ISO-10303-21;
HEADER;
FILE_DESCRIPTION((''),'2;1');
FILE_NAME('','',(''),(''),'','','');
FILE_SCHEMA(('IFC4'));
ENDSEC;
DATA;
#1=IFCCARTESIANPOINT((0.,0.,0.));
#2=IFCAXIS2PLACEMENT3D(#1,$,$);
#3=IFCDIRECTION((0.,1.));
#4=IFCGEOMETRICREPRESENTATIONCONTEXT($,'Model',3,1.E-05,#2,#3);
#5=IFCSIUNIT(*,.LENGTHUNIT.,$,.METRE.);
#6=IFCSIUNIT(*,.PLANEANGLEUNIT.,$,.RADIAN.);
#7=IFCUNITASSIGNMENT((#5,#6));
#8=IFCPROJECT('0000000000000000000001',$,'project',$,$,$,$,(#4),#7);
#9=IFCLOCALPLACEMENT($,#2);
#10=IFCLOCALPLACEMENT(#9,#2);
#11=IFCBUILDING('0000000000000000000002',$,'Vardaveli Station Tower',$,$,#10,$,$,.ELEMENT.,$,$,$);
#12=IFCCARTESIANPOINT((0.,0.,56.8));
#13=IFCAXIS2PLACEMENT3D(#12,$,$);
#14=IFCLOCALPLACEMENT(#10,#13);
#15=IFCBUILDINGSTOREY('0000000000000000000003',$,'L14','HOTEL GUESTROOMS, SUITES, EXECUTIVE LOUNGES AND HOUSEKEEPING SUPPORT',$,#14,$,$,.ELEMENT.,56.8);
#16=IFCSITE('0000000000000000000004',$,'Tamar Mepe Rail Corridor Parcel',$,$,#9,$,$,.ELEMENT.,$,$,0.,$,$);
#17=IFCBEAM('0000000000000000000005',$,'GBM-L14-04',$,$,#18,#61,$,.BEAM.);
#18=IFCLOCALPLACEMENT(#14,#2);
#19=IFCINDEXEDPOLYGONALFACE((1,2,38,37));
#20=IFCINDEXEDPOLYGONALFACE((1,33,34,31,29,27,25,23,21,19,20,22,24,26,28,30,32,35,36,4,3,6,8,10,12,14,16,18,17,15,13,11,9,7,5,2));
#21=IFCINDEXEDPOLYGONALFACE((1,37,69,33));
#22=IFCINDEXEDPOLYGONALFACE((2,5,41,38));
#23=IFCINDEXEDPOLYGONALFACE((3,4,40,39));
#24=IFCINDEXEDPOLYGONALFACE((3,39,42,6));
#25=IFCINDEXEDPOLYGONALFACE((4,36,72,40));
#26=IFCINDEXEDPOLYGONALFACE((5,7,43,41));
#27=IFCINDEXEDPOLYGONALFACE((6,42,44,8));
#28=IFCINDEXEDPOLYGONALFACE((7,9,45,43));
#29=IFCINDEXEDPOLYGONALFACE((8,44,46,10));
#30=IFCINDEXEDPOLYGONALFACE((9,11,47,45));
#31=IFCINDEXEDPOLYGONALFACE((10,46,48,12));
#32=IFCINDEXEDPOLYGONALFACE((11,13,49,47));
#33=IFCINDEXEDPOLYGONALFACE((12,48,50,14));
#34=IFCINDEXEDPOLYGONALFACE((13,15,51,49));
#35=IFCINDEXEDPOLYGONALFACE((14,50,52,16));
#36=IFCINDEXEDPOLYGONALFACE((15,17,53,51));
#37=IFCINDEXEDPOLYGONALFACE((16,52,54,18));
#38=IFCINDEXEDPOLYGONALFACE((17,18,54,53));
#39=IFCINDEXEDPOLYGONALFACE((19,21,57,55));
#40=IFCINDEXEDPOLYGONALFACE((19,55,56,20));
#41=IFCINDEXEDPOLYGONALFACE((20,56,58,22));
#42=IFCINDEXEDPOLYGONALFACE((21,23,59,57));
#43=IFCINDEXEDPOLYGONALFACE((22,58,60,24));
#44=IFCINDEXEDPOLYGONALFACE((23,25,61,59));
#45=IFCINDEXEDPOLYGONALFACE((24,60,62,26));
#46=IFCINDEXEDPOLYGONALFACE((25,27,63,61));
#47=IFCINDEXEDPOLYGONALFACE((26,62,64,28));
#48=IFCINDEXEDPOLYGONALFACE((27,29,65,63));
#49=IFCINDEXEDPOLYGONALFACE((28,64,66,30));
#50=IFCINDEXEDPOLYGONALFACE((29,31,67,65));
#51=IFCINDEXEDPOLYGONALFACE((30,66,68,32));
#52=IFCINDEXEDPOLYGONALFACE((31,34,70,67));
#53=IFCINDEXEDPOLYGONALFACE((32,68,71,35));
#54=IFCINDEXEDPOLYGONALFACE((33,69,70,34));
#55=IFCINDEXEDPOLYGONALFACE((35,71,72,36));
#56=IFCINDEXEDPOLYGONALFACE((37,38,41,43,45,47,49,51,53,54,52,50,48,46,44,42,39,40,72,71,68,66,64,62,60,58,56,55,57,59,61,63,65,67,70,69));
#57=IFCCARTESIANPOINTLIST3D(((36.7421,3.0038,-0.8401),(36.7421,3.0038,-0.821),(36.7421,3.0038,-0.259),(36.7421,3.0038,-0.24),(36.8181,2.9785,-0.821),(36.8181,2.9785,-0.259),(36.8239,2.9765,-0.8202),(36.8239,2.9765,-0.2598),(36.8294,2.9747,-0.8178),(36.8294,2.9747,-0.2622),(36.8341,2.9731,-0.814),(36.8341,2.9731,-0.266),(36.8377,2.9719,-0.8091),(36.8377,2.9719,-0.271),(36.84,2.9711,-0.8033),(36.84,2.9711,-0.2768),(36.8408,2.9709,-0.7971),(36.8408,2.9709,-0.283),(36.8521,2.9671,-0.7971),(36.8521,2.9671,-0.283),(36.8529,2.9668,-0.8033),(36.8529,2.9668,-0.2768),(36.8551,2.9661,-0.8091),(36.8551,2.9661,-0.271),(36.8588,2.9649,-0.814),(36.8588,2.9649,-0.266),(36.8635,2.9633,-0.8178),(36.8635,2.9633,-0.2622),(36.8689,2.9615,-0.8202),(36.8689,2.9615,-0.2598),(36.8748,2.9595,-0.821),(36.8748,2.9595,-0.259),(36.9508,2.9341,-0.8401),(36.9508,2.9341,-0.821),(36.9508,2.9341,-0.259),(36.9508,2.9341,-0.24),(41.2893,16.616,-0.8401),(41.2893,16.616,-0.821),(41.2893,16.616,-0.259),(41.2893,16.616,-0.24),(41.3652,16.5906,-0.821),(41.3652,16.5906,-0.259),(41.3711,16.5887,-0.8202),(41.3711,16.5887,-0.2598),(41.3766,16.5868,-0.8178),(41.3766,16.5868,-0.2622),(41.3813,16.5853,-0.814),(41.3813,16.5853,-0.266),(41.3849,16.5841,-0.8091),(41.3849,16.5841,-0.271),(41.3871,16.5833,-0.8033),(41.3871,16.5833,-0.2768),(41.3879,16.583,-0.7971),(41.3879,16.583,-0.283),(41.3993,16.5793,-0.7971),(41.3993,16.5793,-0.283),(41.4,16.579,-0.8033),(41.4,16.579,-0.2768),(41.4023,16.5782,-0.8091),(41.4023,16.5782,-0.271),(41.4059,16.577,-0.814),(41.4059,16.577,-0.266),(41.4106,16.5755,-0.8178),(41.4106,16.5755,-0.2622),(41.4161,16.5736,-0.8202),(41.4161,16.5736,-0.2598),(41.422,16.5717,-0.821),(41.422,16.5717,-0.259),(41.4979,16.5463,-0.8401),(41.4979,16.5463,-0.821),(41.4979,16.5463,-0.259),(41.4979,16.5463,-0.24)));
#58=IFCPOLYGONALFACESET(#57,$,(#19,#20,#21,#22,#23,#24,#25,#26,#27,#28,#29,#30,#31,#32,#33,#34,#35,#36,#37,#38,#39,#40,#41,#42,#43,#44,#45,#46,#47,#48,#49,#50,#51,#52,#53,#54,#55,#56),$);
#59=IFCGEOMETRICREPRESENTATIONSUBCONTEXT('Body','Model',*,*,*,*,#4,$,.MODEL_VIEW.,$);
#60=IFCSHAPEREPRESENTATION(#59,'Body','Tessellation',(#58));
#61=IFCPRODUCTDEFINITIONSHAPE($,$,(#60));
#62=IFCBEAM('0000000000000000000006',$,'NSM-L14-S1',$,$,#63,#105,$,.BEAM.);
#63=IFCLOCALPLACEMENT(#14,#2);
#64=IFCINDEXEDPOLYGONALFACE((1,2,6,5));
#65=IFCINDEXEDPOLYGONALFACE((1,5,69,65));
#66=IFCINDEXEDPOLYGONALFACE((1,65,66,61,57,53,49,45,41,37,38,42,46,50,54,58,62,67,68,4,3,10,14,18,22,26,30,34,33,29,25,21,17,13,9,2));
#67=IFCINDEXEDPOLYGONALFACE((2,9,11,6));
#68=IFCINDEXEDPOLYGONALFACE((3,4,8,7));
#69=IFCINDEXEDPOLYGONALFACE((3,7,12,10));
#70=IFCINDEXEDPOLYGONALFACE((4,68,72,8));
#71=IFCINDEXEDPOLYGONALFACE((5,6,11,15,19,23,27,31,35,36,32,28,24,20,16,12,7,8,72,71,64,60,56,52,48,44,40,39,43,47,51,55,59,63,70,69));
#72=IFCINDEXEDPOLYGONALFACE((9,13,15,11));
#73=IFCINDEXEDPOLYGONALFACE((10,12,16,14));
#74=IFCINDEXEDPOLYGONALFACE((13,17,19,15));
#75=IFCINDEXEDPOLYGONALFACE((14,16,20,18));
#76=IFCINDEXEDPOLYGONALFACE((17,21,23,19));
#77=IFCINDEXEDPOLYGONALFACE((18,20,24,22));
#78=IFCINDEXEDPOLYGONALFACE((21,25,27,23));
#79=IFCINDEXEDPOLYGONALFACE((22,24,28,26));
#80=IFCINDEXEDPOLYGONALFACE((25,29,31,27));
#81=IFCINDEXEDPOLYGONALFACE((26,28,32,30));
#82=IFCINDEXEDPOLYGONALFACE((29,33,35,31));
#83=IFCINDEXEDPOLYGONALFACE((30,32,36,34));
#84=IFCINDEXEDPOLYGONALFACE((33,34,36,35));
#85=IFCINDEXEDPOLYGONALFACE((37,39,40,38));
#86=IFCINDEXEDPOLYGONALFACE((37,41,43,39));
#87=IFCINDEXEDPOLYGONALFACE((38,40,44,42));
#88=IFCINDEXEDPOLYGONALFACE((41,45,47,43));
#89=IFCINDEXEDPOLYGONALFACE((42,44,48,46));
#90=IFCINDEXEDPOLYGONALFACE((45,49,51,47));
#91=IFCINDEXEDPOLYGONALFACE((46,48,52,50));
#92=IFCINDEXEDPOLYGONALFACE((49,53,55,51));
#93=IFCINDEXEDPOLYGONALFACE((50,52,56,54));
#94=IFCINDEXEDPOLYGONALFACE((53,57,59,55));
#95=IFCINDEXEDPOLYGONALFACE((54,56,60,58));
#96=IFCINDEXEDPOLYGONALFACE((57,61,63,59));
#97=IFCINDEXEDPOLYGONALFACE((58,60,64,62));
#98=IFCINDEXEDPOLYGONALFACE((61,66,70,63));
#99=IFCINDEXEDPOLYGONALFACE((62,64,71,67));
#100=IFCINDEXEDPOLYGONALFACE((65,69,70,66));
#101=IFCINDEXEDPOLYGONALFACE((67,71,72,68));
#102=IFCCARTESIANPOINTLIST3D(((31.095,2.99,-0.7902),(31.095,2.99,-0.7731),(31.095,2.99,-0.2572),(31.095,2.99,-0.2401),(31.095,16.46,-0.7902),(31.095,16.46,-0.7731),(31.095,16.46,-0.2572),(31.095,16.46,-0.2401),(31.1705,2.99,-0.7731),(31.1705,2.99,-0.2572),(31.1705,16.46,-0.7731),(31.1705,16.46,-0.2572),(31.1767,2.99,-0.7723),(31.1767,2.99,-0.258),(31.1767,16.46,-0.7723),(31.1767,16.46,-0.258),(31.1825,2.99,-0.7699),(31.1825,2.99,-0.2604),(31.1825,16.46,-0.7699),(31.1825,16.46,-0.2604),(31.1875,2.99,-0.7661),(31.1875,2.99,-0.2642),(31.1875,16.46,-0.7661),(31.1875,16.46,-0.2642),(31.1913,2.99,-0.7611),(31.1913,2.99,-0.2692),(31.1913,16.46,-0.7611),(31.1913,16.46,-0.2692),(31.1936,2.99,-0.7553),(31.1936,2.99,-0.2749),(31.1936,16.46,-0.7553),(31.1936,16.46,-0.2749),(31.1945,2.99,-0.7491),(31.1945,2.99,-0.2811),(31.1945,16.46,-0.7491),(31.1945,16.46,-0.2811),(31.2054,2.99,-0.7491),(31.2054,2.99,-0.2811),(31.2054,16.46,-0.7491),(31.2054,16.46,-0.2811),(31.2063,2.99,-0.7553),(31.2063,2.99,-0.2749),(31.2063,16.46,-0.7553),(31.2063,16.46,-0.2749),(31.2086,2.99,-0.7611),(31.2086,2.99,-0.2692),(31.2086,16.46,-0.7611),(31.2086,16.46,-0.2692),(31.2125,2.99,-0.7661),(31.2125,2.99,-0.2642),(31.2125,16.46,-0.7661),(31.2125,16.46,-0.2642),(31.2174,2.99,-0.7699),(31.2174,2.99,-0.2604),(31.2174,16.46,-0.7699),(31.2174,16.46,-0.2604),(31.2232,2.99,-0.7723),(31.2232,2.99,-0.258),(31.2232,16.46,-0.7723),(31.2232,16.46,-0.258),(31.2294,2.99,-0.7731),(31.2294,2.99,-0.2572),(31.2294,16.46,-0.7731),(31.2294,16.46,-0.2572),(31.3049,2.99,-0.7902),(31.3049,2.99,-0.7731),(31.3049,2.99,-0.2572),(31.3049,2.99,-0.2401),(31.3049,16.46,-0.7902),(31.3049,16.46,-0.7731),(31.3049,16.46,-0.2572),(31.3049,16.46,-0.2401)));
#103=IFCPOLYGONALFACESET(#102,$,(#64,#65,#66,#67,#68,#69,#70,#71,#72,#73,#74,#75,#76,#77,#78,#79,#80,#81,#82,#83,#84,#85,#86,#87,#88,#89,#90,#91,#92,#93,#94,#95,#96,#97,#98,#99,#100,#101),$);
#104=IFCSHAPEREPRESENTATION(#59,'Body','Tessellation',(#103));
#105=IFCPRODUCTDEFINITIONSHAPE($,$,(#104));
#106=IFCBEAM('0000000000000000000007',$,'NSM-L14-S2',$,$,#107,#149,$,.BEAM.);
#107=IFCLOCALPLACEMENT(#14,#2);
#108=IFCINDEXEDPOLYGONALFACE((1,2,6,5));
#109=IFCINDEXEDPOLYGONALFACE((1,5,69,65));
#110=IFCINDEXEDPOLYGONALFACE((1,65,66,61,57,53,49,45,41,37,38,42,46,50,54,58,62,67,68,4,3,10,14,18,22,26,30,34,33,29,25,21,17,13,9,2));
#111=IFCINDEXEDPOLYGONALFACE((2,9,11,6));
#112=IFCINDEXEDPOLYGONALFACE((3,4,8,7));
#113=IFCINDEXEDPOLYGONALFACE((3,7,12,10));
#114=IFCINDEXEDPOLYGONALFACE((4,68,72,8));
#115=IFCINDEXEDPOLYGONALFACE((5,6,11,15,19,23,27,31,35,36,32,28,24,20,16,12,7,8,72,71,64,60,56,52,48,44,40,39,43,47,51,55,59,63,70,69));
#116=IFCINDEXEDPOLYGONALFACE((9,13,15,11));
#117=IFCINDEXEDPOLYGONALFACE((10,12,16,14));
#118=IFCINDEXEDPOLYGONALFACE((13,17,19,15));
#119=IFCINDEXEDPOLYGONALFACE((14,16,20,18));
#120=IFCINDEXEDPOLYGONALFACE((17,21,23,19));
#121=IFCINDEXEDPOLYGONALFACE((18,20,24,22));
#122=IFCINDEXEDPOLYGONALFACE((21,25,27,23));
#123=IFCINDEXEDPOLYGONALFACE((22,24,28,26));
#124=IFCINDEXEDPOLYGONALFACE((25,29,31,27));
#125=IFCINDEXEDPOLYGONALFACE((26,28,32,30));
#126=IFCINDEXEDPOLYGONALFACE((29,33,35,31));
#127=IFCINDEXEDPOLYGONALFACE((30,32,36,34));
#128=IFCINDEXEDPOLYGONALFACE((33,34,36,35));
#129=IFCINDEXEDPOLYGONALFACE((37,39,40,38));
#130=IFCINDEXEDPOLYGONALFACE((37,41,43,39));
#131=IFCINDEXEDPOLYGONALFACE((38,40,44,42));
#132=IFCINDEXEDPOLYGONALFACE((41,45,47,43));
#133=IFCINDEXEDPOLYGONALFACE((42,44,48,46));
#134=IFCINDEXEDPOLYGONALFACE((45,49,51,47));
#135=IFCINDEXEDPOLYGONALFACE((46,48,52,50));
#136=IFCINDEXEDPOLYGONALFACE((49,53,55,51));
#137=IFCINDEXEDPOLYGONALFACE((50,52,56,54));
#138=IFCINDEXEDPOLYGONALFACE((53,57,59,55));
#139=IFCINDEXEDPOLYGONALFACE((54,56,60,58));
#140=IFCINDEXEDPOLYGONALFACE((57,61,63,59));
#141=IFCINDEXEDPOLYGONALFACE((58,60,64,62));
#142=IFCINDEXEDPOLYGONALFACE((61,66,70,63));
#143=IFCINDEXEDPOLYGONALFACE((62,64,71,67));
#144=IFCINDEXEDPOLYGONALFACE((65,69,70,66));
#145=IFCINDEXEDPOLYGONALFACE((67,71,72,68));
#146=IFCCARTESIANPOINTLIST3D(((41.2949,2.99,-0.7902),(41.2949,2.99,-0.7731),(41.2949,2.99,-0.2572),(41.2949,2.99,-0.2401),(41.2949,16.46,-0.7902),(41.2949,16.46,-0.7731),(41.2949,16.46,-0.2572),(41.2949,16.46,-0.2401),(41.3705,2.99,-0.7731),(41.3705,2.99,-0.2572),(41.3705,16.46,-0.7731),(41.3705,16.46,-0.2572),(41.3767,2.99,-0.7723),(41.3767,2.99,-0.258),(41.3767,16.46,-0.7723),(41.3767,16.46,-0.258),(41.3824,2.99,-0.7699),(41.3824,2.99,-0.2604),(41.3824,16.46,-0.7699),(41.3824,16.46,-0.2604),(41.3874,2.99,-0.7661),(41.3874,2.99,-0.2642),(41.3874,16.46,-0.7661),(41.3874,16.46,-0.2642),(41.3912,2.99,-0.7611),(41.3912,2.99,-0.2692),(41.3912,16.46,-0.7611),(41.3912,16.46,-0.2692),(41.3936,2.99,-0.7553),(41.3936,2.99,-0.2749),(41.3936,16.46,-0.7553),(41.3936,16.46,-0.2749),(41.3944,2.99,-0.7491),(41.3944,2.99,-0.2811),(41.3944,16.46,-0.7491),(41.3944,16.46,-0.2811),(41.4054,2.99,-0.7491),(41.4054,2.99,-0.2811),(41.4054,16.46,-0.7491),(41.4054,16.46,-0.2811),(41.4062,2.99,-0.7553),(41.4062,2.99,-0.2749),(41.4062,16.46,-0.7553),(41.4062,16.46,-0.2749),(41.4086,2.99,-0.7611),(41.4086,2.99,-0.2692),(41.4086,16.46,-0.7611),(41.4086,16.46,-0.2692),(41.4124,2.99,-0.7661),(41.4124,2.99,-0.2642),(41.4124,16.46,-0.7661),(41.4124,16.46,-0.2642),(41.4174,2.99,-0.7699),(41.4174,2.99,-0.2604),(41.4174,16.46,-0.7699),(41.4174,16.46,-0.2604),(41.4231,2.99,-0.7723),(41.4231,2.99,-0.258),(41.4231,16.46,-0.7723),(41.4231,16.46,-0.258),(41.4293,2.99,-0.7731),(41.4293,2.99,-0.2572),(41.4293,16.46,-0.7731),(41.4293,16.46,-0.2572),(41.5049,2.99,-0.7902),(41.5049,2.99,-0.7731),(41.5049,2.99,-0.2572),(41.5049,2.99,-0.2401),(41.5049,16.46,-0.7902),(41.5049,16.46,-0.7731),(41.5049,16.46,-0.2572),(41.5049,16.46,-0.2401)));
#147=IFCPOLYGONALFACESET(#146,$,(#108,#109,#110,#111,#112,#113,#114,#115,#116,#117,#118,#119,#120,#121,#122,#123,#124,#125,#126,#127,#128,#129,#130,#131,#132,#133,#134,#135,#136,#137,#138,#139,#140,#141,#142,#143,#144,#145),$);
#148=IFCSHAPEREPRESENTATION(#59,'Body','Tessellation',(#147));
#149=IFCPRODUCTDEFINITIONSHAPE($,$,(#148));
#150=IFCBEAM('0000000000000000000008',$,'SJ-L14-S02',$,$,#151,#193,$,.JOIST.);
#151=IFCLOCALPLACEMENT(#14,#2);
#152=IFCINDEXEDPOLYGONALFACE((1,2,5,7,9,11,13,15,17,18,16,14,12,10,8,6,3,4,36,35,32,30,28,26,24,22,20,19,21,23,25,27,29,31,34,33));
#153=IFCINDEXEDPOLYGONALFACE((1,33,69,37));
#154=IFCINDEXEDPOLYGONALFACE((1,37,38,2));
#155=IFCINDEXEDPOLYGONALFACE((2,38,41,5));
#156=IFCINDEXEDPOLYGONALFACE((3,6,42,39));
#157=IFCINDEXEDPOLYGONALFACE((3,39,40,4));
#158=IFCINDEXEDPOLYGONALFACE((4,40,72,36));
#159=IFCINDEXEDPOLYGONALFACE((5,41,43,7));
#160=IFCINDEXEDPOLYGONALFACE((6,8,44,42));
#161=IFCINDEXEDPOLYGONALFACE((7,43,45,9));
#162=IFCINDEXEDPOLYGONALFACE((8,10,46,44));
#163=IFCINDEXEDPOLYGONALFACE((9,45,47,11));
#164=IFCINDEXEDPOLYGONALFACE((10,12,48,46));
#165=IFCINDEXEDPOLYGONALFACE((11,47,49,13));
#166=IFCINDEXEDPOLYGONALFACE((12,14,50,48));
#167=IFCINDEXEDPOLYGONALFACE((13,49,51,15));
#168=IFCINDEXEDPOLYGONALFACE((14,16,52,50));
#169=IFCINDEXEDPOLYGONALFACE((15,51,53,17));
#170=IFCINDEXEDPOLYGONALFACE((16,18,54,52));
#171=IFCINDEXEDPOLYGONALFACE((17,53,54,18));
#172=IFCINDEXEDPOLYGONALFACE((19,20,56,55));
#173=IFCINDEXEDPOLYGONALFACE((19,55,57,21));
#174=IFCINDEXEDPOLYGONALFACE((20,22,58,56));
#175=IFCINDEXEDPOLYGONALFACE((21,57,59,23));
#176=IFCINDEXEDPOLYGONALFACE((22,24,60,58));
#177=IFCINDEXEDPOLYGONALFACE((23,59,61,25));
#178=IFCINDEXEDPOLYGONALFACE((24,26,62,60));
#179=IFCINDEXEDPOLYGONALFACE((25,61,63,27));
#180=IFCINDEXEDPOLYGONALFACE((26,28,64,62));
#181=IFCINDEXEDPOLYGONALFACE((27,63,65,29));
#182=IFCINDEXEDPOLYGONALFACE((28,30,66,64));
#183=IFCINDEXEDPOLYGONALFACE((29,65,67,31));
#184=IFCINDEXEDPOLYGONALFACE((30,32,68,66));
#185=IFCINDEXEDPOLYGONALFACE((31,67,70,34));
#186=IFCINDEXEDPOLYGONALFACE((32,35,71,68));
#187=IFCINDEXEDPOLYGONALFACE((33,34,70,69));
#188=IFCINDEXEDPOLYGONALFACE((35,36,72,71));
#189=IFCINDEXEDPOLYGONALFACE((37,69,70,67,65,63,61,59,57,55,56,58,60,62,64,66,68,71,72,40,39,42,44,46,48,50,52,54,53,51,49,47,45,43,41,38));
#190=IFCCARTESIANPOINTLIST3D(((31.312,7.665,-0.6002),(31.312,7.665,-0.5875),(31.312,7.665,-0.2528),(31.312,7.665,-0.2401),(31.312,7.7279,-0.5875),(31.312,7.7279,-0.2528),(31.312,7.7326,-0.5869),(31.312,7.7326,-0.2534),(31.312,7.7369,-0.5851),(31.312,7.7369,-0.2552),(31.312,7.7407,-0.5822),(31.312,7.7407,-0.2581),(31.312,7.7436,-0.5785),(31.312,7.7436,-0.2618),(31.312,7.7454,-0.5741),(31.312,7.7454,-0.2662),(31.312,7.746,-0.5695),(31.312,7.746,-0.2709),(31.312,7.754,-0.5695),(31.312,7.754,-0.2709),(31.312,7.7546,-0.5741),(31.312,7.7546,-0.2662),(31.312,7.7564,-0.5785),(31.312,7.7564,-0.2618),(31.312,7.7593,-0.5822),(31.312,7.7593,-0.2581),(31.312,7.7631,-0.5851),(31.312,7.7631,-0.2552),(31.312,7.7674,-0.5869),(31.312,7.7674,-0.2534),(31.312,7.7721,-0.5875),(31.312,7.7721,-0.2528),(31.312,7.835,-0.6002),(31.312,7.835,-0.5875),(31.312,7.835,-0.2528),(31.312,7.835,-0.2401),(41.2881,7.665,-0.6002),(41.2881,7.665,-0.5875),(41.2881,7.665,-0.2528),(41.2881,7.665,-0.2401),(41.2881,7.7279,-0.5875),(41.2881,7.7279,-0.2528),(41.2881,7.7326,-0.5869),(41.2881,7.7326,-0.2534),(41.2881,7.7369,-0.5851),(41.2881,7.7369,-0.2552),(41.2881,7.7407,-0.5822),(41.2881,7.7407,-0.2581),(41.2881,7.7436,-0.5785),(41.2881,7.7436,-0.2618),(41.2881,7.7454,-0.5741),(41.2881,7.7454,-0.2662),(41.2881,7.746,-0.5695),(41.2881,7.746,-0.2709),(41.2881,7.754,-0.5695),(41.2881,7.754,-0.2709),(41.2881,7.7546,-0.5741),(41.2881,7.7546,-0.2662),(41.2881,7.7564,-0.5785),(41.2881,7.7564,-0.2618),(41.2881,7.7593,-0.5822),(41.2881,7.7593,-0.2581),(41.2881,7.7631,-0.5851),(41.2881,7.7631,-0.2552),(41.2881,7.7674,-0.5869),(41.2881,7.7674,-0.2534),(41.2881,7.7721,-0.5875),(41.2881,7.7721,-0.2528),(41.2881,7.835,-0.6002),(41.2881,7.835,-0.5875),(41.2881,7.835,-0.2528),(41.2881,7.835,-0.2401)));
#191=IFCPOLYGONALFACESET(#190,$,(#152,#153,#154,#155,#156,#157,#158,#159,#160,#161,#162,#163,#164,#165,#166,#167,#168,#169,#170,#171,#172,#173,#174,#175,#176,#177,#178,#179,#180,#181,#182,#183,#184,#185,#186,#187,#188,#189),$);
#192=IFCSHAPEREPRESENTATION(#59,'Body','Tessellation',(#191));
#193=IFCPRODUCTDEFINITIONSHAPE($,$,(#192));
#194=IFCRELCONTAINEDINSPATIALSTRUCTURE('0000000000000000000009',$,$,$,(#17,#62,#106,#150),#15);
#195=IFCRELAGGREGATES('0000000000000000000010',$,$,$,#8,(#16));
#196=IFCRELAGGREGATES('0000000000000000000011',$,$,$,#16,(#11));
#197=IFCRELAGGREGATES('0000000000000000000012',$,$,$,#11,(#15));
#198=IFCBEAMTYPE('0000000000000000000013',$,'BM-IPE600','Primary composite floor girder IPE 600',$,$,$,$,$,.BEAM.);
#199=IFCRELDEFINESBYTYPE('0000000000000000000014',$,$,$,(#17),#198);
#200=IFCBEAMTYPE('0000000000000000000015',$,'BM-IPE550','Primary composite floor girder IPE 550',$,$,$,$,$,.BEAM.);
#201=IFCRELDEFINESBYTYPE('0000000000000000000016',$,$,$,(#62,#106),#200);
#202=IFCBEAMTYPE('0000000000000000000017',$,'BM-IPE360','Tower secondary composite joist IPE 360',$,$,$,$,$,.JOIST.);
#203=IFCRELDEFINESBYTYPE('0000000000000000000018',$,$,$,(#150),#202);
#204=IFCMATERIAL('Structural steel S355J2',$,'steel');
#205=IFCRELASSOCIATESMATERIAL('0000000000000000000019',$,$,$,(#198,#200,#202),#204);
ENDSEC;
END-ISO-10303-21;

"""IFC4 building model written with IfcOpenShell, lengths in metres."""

from ifc_helpers import new_model, si_unit, direction, frame, origin, origin_2d, place, context, subcontext, project, spatial, i_section, extrude, source, transform, mapped, material, material_profile, profile_set, type_object, element, save


model = new_model("IFC4")

# Units and contexts
model_context = context("Model", 3, precision=1e-05, world=origin(), true_north=direction((0.0, 1.0)))
body_context = subcontext(model_context, "Body", "Model", "MODEL_VIEW")
ifc_project = project(units=[si_unit("LENGTHUNIT", "METRE"), si_unit("PLANEANGLEUNIT", "RADIAN")], contexts=[model_context])

# Site, building, storey
site_placement = place(None, origin())
site = spatial("IfcSite", under=ifc_project, at=site_placement, Name="Tamar Mepe Rail Corridor Parcel", CompositionType="ELEMENT", RefElevation=0.0)
building_placement = place(site_placement, origin())
building = spatial("IfcBuilding", under=site, at=building_placement, Name="Vardaveli Station Tower", CompositionType="ELEMENT")
storey_placement = place(building_placement, frame((0.0, 0.0, 56.8)))
storey = spatial("IfcBuildingStorey", under=building, at=storey_placement, Name="L14", Description="HOTEL GUESTROOMS, SUITES, EXECUTIVE LOUNGES AND HOUSEKEEPING SUPPORT", CompositionType="ELEMENT", Elevation=56.8)

# Beams
ifc_material_1 = material(Name="Structural steel S355J2", Category="steel")
ifc_material_profile_1 = material_profile(ifc_material_1, i_section(OverallWidth=0.22, OverallDepth=0.6001, WebThickness=0.012, FlangeThickness=0.019, FilletRadius=0.0239, at=origin_2d()), Name="IPE 600")
ifc_profile_set_1 = profile_set([ifc_material_profile_1], Name="Structural steel S355J2")
beam_type_1 = type_object("IfcBeamType", Name="BM-IPE600", Description="Primary composite floor girder IPE 600", PredefinedType="BEAM", material=ifc_profile_set_1)
shared_shape_1 = source(origin(), body_context, "Body", "SweptSolid", [
    extrude(i_section(OverallWidth=0.22, OverallDepth=0.6001, WebThickness=0.012, FlangeThickness=0.019, FilletRadius=0.0239, at=origin_2d()), origin(), (0.0, 0.0, 1.0), 14.3516),
])
beam_1_placement = place(storey_placement, frame((36.8464, 2.969, -0.54), z_axis=(0.31684, 0.948479, 0.0), x_axis=(-0.948479, 0.31684, 0.0)))
element("IfcBeam", 1, at=beam_1_placement, inside=storey, type_object=beam_type_1, Name="GBM-L14-04", PredefinedType="BEAM", context=body_context, shape_type="MappedRepresentation", body=[
    mapped(shared_shape_1, transform((0.0, 0.0, 0.0), scale=1.0)),
])
ifc_material_profile_2 = material_profile(ifc_material_1, i_section(OverallWidth=0.21, OverallDepth=0.55, WebThickness=0.011, FlangeThickness=0.0171, FilletRadius=0.0239, at=origin_2d()), Name="IPE 550")
ifc_profile_set_2 = profile_set([ifc_material_profile_2], Name="Structural steel S355J2")
beam_type_2 = type_object("IfcBeamType", Name="BM-IPE550", Description="Primary composite floor girder IPE 550", PredefinedType="BEAM", material=ifc_profile_set_2)
shared_shape_2 = source(origin(), body_context, "Body", "SweptSolid", [
    extrude(i_section(OverallWidth=0.21, OverallDepth=0.55, WebThickness=0.011, FlangeThickness=0.0171, FilletRadius=0.0239, at=origin_2d()), origin(), (0.0, 0.0, 1.0), 13.47),
])
for number, where, z_axis, x_axis, name in (
    (2, (31.2, 2.99, -0.5151), (0.0, 1.0, 0.0), (-1.0, 0.0, 0.0), "NSM-L14-S1"),
    (3, (41.3999, 2.99, -0.5151), (0.0, 1.0, 0.0), (-1.0, 0.0, 0.0), "NSM-L14-S2"),
):
    element("IfcBeam", number, at=place(storey_placement, frame(where, z_axis=z_axis, x_axis=x_axis)), inside=storey, type_object=beam_type_2, Name=name, PredefinedType="BEAM", context=body_context, shape_type="MappedRepresentation", body=[
        mapped(shared_shape_2, transform((0.0, 0.0, 0.0), scale=1.0)),
    ])
ifc_material_profile_3 = material_profile(ifc_material_1, i_section(OverallWidth=0.1699, OverallDepth=0.3601, WebThickness=0.0081, FlangeThickness=0.0127, FilletRadius=0.0181, at=origin_2d()), Name="IPE 360")
ifc_profile_set_3 = profile_set([ifc_material_profile_3], Name="Structural steel S355J2")
beam_type_3 = type_object("IfcBeamType", Name="BM-IPE360", Description="Tower secondary composite joist IPE 360", PredefinedType="JOIST", material=ifc_profile_set_3)
shared_shape_3 = source(origin(), body_context, "Body", "SweptSolid", [
    extrude(i_section(OverallWidth=0.1699, OverallDepth=0.3601, WebThickness=0.0081, FlangeThickness=0.0127, FilletRadius=0.0181, at=origin_2d()), origin(), (0.0, 0.0, 1.0), 9.9761),
])
for number, where, z_axis, x_axis, name in (
    (4, (31.312, 7.75, -0.4202), (1.0, 0.0, 0.0), (0.0, 1.0, 0.0), "SJ-L14-S02"),
):
    element("IfcBeam", number, at=place(storey_placement, frame(where, z_axis=z_axis, x_axis=x_axis)), inside=storey, type_object=beam_type_3, Name=name, PredefinedType="JOIST", context=body_context, shape_type="MappedRepresentation", body=[
        mapped(shared_shape_3, transform((0.0, 0.0, 0.0), scale=1.0)),
    ])

save(model, "model.ifc")
